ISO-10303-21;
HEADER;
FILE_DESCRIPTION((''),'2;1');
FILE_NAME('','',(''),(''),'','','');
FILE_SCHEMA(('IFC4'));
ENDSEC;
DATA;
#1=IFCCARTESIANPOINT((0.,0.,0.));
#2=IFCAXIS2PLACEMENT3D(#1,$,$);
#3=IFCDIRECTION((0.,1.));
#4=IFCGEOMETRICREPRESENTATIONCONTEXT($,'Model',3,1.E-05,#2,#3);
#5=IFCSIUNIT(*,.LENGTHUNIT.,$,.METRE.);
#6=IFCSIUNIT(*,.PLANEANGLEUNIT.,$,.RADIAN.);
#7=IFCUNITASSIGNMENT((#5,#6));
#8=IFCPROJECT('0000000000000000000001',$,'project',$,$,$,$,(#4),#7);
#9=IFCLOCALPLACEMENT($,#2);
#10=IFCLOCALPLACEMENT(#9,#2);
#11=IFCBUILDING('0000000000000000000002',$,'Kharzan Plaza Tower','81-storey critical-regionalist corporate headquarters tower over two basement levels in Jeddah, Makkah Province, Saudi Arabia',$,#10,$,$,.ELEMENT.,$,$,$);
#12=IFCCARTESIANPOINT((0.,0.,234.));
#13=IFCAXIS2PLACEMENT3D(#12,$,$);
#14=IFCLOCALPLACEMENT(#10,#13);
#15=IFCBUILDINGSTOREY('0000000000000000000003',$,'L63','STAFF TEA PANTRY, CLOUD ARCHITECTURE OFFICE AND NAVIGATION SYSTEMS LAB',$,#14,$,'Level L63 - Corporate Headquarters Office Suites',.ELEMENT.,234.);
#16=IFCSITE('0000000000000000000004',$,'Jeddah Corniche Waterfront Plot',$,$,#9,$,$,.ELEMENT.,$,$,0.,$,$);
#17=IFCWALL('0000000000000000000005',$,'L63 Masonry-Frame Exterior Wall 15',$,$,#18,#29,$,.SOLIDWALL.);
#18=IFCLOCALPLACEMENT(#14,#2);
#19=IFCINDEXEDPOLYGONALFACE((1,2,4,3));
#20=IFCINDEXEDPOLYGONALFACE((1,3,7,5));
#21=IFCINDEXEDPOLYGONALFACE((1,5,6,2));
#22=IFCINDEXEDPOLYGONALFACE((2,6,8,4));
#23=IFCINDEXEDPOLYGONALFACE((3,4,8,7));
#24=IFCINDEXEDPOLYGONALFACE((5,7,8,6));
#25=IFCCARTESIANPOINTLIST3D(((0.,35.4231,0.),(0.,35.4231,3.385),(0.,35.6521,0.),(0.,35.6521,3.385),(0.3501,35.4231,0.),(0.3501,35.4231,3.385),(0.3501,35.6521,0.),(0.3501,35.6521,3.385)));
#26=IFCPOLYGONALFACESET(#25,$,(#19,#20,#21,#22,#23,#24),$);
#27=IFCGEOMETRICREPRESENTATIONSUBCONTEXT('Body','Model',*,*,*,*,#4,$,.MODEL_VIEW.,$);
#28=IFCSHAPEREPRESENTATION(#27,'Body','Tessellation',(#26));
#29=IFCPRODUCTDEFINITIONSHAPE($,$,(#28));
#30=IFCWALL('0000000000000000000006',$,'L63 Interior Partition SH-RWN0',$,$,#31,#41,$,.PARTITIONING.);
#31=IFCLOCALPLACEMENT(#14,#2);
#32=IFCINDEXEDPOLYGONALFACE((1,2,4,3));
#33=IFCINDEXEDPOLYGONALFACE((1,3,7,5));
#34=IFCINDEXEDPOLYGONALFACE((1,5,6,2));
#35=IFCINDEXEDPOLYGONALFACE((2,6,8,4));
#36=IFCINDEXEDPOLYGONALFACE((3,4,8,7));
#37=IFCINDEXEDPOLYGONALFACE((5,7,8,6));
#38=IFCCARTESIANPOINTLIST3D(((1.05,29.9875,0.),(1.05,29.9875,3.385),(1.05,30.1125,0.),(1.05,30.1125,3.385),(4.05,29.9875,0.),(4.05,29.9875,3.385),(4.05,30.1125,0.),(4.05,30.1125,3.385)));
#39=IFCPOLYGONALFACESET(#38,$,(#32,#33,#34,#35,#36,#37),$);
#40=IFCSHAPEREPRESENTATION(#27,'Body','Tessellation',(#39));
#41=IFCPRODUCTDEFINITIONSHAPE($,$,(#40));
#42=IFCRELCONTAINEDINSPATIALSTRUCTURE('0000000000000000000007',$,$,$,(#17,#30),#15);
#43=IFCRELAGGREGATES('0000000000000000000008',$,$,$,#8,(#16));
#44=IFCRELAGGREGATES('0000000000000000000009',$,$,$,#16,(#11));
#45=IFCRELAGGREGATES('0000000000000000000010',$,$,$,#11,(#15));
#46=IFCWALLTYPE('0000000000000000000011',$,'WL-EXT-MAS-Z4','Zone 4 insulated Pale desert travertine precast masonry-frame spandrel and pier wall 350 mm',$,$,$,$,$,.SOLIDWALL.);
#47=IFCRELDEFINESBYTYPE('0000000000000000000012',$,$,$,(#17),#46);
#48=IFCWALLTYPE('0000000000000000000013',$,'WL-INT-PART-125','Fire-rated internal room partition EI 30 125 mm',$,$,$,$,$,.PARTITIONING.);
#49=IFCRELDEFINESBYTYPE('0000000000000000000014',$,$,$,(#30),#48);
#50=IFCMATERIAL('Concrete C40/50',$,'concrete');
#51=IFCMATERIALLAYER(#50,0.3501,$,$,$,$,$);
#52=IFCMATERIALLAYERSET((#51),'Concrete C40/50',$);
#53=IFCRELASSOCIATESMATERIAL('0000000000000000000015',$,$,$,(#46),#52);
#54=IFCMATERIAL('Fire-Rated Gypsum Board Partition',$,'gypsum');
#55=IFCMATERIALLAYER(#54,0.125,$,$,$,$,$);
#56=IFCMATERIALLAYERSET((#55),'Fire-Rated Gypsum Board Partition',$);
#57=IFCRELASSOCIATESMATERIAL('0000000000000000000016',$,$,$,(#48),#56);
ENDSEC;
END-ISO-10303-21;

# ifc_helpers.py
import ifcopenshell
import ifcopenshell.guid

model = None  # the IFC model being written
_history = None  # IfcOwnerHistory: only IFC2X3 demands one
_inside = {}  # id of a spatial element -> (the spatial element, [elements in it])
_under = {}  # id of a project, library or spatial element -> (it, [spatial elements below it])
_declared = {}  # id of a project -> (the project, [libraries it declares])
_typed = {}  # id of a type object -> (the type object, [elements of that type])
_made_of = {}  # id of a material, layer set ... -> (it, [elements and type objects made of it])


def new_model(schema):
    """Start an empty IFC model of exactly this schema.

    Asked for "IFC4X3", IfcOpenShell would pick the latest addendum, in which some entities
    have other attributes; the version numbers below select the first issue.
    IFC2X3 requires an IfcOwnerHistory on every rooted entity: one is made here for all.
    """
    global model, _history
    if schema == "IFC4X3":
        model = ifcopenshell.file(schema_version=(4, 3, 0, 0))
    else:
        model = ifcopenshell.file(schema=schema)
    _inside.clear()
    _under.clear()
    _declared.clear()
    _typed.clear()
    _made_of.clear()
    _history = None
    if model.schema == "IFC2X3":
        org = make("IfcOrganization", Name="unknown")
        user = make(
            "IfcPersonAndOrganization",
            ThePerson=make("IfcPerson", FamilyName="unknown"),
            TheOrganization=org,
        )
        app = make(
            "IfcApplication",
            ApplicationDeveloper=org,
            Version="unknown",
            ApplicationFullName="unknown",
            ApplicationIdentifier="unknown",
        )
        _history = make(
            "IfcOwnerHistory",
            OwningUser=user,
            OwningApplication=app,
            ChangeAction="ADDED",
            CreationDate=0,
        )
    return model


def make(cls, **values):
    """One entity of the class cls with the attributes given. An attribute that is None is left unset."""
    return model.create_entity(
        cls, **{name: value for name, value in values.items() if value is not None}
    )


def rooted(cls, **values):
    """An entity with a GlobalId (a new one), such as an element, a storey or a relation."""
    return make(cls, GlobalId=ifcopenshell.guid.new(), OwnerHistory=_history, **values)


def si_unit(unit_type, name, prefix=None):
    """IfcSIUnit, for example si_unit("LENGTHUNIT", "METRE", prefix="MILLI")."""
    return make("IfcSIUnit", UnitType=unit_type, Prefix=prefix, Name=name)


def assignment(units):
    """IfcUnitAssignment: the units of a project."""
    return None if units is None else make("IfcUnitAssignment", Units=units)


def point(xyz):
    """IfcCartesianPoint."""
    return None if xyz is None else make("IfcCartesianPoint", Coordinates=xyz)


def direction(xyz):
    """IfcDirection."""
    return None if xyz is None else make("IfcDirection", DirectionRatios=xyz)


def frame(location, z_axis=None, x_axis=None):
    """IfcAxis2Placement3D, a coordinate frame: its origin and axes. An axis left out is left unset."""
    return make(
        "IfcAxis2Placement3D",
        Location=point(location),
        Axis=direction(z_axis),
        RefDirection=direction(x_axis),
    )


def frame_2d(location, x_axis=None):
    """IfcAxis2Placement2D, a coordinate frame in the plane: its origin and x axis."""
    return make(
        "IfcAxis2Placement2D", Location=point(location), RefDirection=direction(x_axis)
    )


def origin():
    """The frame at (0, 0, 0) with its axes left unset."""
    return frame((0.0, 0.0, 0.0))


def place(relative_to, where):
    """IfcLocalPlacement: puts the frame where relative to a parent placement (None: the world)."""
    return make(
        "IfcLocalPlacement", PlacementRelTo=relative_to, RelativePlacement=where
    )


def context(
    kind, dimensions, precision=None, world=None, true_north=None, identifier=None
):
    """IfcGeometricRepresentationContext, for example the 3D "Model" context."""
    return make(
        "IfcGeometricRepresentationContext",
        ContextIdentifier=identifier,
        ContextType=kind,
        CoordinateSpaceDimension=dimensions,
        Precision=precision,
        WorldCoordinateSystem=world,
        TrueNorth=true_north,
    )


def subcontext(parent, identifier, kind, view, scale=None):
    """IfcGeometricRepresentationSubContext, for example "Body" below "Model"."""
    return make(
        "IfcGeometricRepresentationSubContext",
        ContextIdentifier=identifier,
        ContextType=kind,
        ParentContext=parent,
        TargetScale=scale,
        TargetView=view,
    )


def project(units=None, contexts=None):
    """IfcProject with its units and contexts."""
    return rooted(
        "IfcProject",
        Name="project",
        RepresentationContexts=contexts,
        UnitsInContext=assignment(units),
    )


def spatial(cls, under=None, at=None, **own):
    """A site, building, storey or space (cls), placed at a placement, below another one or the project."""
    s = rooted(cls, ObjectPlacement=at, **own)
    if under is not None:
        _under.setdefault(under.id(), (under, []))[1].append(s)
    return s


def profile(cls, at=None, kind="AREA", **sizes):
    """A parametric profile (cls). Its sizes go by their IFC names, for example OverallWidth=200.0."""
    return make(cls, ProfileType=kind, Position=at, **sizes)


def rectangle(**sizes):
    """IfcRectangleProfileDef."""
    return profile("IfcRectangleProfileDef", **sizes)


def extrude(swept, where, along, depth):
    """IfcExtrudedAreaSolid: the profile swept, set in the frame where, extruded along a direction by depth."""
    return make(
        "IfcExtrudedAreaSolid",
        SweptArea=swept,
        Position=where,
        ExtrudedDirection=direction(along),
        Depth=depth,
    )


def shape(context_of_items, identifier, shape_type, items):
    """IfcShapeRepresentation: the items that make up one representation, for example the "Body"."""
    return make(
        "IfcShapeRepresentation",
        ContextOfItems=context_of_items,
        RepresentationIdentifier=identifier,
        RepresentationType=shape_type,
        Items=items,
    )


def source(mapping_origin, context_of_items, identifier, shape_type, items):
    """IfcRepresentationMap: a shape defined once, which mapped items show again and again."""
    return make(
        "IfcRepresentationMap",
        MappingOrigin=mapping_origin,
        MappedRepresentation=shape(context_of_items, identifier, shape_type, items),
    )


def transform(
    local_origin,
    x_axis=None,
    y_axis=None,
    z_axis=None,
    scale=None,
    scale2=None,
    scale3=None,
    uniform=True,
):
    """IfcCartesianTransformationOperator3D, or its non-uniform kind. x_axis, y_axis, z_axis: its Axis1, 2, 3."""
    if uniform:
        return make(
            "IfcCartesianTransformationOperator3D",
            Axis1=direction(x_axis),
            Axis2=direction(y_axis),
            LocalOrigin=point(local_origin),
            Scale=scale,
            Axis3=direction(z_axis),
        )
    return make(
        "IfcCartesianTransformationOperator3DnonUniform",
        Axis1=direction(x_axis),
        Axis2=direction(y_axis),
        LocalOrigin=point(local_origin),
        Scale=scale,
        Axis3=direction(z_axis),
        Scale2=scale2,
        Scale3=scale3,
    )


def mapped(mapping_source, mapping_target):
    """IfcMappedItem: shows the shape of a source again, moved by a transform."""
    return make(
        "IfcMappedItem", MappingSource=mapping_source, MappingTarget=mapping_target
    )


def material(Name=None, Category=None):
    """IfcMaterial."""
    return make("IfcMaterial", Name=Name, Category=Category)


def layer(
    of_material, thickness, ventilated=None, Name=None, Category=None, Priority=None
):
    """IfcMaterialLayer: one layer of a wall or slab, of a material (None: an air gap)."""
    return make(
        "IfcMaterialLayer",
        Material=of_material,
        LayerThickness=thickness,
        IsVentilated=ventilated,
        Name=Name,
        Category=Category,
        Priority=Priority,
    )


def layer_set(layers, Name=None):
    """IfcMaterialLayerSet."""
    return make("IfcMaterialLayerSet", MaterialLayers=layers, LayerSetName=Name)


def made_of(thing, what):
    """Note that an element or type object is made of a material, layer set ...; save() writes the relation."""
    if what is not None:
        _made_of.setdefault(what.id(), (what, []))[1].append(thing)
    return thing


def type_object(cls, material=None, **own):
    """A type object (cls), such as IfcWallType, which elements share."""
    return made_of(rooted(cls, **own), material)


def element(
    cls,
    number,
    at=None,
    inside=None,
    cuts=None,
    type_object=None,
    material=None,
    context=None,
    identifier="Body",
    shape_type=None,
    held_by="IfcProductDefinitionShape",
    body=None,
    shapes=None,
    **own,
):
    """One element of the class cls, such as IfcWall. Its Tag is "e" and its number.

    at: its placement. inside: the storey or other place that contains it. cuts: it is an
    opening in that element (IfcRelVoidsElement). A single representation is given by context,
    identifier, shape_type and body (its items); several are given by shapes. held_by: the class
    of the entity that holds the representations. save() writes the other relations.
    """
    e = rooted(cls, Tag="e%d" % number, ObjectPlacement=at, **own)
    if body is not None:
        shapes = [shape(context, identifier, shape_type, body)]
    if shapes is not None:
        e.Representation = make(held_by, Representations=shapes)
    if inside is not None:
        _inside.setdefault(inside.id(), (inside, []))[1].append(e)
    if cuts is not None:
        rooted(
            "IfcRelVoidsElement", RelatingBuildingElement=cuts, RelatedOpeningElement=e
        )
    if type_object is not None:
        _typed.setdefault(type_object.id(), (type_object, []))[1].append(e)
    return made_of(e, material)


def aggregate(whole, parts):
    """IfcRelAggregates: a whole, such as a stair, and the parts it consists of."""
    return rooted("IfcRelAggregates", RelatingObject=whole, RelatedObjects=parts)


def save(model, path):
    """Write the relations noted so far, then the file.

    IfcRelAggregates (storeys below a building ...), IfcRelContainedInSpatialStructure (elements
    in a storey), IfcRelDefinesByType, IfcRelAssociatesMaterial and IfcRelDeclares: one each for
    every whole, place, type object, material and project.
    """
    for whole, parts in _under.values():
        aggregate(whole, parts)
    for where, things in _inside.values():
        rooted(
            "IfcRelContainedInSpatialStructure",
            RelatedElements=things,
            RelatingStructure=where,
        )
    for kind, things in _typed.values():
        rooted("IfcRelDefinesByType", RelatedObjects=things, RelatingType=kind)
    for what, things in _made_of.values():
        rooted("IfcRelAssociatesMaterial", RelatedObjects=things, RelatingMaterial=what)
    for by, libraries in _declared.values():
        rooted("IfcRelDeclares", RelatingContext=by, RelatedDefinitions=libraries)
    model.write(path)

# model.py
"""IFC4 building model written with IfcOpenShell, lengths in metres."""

from ifc_helpers import new_model, si_unit, direction, frame, frame_2d, origin, place, context, subcontext, project, spatial, rectangle, extrude, source, transform, mapped, material, layer, layer_set, type_object, element, save


model = new_model("IFC4")

# Units and contexts
model_context = context("Model", 3, precision=1e-05, world=origin(), true_north=direction((0.0, 1.0)))
body_context = subcontext(model_context, "Body", "Model", "MODEL_VIEW")
ifc_project = project(units=[si_unit("LENGTHUNIT", "METRE"), si_unit("PLANEANGLEUNIT", "RADIAN")], contexts=[model_context])

# Site, building, storey
site_placement = place(None, origin())
site = spatial("IfcSite", under=ifc_project, at=site_placement, Name="Jeddah Corniche Waterfront Plot", CompositionType="ELEMENT", RefElevation=0.0)
building_placement = place(site_placement, origin())
building = spatial("IfcBuilding", under=site, at=building_placement, Name="Kharzan Plaza Tower", Description="81-storey critical-regionalist corporate headquarters tower over two basement levels in Jeddah, Makkah Province, Saudi Arabia", CompositionType="ELEMENT")
storey_placement = place(building_placement, frame((0.0, 0.0, 234.0)))
storey = spatial("IfcBuildingStorey", under=building, at=storey_placement, Name="L63", Description="STAFF TEA PANTRY, CLOUD ARCHITECTURE OFFICE AND NAVIGATION SYSTEMS LAB", LongName="Level L63 - Corporate Headquarters Office Suites", CompositionType="ELEMENT", Elevation=234.0)

# Shared definitions
ifc_material_1 = material(Name="Concrete C40/50", Category="concrete")
ifc_layer_1 = layer(ifc_material_1, 0.3501)
ifc_layer_set_1 = layer_set([ifc_layer_1], Name="Concrete C40/50")
wall_type_1 = type_object("IfcWallType", Name="WL-EXT-MAS-Z4", Description="Zone 4 insulated Pale desert travertine precast masonry-frame spandrel and pier wall 350 mm", PredefinedType="SOLIDWALL", material=ifc_layer_set_1)

# Shared definitions
ifc_material_2 = material(Name="Fire-Rated Gypsum Board Partition", Category="gypsum")
ifc_layer_2 = layer(ifc_material_2, 0.125)
ifc_layer_set_2 = layer_set([ifc_layer_2], Name="Fire-Rated Gypsum Board Partition")
wall_type_2 = type_object("IfcWallType", Name="WL-INT-PART-125", Description="Fire-rated internal room partition EI 30 125 mm", PredefinedType="PARTITIONING", material=ifc_layer_set_2)

# Walls
shared_shape_1 = source(origin(), body_context, "Body", "SweptSolid", [
    extrude(rectangle(XDim=0.229, YDim=0.3501, at=frame_2d((0.1145, 0.0))), origin(), (0.0, 0.0, 1.0), 3.385),
])
wall_1_placement = place(storey_placement, frame((0.175, 35.6521, 0.0), z_axis=(0.0, 0.0, 1.0), x_axis=(0.0, -1.0, 0.0)))
element("IfcWall", 1, at=wall_1_placement, inside=storey, type_object=wall_type_1, Name="L63 Masonry-Frame Exterior Wall 15", PredefinedType="SOLIDWALL", context=body_context, shape_type="MappedRepresentation", body=[
    mapped(shared_shape_1, transform((0.0, 0.0, 0.0), x_axis=(1.0, 0.0, 0.0), y_axis=(0.0, 1.0, 0.0), z_axis=(0.0, 0.0, 1.0))),
])
shared_shape_2 = source(origin(), body_context, "Body", "SweptSolid", [
    extrude(rectangle(XDim=3.0, YDim=0.125, at=frame_2d((1.5, 0.0))), origin(), (0.0, 0.0, 1.0), 3.385),
])
wall_2_placement = place(storey_placement, frame((1.05, 30.05, 0.0), z_axis=(0.0, 0.0, 1.0), x_axis=(1.0, 0.0, 0.0)))
element("IfcWall", 2, at=wall_2_placement, inside=storey, type_object=wall_type_2, Name="L63 Interior Partition SH-RWN0", PredefinedType="PARTITIONING", context=body_context, shape_type="MappedRepresentation", body=[
    mapped(shared_shape_2, transform((0.0, 0.0, 0.0), x_axis=(1.0, 0.0, 0.0), y_axis=(0.0, 1.0, 0.0), z_axis=(0.0, 0.0, 1.0))),
])

save(model, "model.ifc")
